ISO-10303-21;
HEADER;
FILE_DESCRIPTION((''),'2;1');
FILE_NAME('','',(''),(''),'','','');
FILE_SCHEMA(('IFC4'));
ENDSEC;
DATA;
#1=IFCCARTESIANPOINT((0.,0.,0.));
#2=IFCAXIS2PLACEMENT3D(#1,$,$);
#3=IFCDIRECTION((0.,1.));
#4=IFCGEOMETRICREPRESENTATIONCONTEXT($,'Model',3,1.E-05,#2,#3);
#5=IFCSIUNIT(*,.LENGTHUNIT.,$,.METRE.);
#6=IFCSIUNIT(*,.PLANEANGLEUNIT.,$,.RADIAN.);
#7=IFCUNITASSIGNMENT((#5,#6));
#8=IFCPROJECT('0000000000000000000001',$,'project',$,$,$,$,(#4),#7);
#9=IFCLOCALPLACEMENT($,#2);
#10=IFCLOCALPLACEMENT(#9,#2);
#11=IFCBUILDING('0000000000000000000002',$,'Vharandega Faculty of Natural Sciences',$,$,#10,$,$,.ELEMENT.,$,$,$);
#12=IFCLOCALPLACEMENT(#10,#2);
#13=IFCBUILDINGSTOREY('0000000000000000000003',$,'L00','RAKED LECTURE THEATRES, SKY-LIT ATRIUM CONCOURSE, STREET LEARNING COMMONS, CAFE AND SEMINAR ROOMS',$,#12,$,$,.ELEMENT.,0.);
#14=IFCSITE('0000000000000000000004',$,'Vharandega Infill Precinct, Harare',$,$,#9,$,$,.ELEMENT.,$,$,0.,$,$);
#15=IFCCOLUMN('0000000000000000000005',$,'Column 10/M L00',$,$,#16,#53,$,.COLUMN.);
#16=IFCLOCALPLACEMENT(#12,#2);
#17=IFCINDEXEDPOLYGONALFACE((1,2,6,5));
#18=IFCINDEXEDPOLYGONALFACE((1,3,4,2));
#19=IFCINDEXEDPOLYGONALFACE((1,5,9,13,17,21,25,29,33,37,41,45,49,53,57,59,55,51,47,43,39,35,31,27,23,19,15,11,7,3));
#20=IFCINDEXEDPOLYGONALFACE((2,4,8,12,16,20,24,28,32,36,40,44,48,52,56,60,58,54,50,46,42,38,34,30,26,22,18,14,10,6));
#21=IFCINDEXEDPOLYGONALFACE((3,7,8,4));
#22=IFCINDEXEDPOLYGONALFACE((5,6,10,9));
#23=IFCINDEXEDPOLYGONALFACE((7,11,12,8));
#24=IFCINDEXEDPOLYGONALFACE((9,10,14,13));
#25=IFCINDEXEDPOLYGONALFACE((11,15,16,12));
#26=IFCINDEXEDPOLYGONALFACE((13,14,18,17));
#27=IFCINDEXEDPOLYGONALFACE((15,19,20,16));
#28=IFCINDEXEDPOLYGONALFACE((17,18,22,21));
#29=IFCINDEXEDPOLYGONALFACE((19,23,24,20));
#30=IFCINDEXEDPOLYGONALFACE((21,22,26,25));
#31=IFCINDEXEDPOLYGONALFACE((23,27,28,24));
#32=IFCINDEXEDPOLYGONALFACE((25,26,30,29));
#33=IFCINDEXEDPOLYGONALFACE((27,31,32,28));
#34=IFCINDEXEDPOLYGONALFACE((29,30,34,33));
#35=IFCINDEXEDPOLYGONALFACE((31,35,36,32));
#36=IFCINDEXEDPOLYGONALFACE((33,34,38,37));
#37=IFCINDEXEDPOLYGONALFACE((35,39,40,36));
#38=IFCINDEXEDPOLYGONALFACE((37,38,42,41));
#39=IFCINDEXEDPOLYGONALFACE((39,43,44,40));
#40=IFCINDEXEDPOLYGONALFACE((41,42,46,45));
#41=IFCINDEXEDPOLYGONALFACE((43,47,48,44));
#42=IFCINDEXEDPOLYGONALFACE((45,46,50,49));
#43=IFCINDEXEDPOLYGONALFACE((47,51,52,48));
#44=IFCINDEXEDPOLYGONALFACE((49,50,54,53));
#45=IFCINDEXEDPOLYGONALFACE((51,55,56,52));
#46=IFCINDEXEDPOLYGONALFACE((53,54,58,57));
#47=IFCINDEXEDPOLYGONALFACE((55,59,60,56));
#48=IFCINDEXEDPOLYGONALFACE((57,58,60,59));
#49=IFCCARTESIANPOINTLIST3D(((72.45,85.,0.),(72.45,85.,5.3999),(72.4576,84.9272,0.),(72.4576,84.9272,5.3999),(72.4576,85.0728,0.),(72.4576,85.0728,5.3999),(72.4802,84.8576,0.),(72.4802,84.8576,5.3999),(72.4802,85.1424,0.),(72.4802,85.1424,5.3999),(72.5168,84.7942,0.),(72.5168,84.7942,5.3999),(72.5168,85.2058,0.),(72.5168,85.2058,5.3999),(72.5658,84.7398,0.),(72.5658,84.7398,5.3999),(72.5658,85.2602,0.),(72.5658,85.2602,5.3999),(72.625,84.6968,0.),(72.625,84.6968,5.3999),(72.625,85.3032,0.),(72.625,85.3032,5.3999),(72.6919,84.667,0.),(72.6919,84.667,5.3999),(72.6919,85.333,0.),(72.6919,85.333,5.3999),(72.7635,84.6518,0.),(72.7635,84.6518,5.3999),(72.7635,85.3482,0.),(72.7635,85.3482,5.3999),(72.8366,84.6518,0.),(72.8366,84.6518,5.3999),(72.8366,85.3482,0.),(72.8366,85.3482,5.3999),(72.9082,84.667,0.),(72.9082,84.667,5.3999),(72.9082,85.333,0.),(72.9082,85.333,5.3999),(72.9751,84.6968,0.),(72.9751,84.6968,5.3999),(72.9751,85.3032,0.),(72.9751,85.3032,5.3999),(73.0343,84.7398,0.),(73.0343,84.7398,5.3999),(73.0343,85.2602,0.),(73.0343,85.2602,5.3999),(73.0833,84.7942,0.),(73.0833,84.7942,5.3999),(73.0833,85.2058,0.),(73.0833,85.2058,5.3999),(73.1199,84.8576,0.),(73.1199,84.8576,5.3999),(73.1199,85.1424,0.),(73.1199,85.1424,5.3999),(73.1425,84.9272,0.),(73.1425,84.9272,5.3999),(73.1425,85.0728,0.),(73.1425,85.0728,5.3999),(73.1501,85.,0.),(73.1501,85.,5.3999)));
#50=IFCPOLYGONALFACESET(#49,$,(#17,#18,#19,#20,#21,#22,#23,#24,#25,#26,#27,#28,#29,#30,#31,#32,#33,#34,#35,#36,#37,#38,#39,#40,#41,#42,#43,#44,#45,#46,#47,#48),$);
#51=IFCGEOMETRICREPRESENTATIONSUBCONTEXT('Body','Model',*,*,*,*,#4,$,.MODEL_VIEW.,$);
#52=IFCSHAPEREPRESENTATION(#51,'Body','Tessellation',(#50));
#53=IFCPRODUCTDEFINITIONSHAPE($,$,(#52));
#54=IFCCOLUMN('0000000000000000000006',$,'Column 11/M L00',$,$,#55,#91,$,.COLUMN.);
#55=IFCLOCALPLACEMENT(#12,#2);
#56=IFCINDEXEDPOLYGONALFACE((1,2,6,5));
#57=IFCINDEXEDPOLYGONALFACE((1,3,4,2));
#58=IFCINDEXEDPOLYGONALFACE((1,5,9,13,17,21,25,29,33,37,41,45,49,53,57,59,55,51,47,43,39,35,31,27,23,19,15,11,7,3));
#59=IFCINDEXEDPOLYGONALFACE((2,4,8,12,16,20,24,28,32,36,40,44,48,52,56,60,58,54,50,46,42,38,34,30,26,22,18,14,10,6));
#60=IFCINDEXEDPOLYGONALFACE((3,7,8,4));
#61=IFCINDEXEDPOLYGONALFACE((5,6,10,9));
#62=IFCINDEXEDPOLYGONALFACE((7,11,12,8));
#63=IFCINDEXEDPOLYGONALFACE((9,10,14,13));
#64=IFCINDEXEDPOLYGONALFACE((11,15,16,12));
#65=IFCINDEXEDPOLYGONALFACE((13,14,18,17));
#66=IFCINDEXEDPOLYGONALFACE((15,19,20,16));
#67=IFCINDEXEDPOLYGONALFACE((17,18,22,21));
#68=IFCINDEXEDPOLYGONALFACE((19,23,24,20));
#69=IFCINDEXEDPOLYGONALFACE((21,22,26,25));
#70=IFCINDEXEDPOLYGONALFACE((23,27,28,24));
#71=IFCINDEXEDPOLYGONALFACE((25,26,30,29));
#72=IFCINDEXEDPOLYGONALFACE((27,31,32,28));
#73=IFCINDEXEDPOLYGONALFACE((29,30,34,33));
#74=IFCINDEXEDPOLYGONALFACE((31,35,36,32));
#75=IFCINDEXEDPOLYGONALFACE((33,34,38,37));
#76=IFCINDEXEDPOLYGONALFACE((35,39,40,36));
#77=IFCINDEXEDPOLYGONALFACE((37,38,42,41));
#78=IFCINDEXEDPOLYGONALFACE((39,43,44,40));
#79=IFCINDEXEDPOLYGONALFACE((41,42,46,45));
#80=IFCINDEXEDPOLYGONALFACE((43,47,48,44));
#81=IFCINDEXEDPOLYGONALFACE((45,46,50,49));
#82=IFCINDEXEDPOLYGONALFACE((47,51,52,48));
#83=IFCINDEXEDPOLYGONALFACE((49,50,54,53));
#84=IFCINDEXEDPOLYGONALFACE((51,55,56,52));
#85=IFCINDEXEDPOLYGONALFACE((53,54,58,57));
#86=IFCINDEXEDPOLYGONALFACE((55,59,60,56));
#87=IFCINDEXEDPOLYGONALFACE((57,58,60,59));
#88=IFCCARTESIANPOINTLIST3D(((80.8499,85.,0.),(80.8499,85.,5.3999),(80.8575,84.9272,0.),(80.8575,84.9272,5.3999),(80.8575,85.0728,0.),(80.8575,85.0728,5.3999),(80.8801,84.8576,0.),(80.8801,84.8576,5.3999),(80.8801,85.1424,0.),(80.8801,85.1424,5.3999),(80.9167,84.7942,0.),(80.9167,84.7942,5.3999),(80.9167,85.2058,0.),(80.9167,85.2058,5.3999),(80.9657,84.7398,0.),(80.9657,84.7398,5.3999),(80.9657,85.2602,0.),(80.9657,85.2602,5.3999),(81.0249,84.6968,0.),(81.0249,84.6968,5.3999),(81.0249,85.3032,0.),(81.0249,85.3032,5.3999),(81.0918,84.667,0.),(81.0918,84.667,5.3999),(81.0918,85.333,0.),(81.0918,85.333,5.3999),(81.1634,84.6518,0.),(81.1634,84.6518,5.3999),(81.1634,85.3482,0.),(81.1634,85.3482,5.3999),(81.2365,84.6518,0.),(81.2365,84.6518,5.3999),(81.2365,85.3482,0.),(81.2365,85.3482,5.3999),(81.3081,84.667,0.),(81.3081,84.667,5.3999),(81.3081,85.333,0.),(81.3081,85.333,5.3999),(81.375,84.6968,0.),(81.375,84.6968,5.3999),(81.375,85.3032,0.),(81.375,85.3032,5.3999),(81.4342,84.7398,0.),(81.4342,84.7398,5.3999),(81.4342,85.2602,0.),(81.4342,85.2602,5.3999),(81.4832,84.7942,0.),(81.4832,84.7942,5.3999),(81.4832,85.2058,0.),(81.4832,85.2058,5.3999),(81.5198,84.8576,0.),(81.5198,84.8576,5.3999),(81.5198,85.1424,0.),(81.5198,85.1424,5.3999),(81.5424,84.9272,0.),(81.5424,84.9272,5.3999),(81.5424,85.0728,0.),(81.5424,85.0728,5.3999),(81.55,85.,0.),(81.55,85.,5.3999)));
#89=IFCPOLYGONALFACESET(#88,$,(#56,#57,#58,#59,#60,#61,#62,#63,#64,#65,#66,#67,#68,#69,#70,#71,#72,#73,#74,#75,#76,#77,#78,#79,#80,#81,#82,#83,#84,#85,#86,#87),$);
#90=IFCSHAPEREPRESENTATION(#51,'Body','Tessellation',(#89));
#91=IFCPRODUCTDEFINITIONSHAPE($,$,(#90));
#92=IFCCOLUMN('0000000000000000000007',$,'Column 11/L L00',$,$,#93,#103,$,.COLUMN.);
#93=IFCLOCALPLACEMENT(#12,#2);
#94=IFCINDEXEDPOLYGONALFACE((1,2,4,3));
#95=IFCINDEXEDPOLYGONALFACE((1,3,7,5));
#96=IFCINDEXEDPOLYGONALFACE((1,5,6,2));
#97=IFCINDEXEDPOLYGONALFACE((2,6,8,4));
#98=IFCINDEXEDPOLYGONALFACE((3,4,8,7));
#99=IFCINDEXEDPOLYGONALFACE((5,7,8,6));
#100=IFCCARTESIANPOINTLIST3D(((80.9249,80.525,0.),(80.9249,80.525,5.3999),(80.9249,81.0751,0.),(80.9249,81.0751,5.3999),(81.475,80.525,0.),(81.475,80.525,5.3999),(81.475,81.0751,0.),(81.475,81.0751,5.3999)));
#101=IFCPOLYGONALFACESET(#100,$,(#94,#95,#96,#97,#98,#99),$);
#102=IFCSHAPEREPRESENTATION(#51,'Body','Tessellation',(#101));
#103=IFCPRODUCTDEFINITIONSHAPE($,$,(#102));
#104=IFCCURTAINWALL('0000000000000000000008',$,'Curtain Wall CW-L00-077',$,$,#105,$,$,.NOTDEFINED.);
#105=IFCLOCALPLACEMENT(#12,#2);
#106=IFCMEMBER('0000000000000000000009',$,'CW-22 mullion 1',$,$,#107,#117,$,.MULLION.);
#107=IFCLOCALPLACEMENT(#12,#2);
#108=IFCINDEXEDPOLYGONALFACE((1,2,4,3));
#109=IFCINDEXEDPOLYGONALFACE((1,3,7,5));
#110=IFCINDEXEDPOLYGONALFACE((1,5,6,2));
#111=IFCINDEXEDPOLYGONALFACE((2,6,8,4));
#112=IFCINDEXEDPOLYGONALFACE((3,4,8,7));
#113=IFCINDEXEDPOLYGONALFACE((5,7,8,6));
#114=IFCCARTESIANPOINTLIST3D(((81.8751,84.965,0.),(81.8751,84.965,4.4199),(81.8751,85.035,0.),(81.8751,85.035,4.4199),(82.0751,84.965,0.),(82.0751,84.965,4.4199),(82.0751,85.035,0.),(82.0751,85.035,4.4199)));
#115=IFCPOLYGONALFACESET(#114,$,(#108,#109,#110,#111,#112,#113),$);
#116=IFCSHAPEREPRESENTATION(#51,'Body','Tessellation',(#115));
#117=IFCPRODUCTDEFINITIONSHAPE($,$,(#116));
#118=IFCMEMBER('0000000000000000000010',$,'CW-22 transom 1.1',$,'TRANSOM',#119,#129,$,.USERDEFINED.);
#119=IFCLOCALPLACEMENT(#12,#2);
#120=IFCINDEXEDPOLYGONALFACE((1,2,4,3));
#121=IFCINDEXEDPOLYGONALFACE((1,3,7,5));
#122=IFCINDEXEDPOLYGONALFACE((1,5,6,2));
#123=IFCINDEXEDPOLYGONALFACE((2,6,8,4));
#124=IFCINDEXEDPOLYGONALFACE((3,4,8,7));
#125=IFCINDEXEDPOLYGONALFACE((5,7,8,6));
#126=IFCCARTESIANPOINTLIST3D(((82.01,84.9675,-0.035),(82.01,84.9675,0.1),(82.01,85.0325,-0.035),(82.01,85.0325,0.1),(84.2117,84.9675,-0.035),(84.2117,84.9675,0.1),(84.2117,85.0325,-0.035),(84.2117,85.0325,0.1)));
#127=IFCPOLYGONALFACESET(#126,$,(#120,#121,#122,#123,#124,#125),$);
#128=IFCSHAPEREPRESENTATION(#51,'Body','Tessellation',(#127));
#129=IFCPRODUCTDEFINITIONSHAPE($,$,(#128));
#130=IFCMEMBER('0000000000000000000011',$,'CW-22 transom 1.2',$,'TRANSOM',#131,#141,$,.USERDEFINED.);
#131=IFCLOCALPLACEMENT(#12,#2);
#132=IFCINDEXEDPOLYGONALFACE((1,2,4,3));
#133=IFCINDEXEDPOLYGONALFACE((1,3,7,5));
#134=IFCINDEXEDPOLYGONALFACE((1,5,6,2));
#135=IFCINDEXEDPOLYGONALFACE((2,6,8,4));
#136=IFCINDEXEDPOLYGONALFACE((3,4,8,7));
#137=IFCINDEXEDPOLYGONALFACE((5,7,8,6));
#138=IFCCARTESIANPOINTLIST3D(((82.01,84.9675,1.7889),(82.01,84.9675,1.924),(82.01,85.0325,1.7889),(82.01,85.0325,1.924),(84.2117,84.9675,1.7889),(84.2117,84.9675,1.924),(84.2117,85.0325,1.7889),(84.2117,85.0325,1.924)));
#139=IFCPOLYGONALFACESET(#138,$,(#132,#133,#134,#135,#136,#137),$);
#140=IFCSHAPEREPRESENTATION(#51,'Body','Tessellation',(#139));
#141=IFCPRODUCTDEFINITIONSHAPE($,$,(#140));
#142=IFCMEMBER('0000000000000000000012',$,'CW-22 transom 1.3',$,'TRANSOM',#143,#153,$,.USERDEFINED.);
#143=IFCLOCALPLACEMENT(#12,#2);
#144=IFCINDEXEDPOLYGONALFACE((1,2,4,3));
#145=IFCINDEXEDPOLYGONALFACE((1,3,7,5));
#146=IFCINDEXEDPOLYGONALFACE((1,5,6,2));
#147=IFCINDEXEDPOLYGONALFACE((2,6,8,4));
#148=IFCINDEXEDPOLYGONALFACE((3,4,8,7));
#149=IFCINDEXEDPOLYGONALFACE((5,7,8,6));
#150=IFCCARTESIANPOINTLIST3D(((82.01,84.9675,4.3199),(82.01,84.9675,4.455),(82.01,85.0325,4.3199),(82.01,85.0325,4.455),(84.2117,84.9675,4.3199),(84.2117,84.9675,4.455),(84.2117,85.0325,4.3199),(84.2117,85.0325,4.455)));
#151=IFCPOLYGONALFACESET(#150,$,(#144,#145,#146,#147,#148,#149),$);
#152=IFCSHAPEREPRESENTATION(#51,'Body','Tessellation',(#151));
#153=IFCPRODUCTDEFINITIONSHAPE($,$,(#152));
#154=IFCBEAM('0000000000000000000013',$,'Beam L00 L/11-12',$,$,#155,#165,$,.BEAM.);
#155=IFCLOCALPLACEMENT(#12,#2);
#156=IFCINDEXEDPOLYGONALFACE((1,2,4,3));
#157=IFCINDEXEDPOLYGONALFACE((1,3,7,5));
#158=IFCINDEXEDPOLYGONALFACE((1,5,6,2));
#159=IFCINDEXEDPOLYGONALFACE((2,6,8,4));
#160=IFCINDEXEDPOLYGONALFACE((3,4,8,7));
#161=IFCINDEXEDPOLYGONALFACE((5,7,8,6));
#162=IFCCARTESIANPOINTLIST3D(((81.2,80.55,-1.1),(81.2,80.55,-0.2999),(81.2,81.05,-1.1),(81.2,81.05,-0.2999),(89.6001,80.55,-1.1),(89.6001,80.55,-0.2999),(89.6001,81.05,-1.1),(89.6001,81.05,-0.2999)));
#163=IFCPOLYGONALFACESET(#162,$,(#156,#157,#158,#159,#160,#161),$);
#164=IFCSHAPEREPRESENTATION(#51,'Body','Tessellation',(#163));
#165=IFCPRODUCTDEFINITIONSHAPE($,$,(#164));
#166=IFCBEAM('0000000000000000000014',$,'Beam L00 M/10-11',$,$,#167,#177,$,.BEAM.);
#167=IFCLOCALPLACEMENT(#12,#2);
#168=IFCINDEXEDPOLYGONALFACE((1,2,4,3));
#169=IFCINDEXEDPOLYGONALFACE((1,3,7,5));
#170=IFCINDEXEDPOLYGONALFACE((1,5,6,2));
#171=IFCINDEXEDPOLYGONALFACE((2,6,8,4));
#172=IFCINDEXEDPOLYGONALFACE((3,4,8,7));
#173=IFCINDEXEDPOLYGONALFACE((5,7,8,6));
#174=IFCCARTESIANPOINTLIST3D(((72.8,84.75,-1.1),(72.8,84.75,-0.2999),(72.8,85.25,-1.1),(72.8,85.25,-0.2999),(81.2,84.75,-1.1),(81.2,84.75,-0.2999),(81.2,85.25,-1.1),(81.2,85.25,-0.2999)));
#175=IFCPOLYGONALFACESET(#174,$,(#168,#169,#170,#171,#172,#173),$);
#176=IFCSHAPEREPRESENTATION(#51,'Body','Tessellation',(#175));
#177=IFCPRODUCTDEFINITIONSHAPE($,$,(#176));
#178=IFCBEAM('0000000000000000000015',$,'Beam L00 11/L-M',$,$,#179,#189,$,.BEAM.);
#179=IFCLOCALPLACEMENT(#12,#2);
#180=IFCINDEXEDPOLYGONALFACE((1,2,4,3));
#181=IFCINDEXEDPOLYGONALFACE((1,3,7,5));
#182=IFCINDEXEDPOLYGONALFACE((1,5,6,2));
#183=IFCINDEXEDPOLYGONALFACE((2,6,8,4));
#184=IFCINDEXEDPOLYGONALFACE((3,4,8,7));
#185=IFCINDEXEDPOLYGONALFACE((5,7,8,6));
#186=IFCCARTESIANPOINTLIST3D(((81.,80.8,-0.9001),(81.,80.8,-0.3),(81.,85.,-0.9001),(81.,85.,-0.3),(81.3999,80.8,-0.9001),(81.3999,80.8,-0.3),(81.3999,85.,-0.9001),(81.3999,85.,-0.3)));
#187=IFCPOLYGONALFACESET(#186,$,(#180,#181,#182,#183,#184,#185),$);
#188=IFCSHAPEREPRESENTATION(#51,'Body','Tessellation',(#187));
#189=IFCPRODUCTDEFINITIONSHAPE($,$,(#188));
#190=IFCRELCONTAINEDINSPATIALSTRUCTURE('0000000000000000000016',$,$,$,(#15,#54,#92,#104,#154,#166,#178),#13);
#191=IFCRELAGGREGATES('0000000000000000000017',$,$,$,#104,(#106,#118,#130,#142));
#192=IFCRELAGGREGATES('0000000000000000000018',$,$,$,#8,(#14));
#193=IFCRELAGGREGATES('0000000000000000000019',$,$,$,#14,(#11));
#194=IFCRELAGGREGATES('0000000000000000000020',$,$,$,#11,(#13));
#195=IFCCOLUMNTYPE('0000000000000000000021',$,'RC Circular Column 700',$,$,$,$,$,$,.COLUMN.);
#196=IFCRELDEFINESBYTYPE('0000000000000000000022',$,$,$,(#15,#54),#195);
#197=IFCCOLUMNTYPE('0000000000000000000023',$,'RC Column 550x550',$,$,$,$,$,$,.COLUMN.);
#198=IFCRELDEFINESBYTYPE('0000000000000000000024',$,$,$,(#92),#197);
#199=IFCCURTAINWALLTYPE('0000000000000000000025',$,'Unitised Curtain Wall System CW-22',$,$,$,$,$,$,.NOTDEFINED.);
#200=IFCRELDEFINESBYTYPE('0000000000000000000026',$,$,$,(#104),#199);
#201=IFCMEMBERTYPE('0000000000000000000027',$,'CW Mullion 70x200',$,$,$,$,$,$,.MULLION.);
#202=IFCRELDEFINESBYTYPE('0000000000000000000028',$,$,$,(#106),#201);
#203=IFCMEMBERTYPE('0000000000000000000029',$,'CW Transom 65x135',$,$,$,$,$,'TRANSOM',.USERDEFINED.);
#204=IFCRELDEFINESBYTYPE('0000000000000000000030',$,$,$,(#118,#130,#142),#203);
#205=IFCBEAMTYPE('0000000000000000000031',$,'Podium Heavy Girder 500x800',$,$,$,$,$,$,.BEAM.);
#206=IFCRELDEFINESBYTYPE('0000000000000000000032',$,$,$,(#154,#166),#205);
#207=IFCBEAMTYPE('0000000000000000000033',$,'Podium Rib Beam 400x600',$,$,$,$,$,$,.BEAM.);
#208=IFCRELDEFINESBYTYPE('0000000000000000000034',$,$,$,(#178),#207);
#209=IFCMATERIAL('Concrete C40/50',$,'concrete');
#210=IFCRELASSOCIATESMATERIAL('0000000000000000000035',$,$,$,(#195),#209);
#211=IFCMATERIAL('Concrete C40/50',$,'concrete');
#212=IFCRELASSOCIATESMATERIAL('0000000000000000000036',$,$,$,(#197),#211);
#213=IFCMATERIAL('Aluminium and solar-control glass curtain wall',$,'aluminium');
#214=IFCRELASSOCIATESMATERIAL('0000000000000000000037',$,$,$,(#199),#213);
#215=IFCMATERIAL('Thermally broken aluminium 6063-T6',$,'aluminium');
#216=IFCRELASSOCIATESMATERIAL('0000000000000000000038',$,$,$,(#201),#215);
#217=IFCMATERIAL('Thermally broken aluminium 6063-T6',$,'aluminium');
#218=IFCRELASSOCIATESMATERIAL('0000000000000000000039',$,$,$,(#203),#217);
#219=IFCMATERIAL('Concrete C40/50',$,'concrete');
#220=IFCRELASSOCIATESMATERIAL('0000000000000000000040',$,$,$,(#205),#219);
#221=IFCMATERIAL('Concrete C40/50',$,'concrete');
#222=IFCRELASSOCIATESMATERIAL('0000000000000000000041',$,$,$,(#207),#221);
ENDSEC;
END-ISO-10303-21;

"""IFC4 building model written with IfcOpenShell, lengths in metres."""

from ifc_helpers import new_model, si_unit, direction, frame, origin, origin_2d, place, context, subcontext, project, spatial, rectangle, circle, extrude, material, material_profile, profile_set, type_object, element, aggregate, save


model = new_model("IFC4")

# Units and contexts
model_context = context("Model", 3, precision=1e-05, world=origin(), true_north=direction((0.0, 1.0)))
body_context = subcontext(model_context, "Body", "Model", "MODEL_VIEW")
ifc_project = project(units=[si_unit("LENGTHUNIT", "METRE"), si_unit("PLANEANGLEUNIT", "RADIAN")], contexts=[model_context])

# Site, building, storey
site_placement = place(None, origin())
site = spatial("IfcSite", under=ifc_project, at=site_placement, Name="Vharandega Infill Precinct, Harare", CompositionType="ELEMENT", RefElevation=0.0)
building_placement = place(site_placement, origin())
building = spatial("IfcBuilding", under=site, at=building_placement, Name="Vharandega Faculty of Natural Sciences", CompositionType="ELEMENT")
storey_placement = place(building_placement, origin())
storey = spatial("IfcBuildingStorey", under=building, at=storey_placement, Name="L00", Description="RAKED LECTURE THEATRES, SKY-LIT ATRIUM CONCOURSE, STREET LEARNING COMMONS, CAFE AND SEMINAR ROOMS", CompositionType="ELEMENT", Elevation=0.0)

# Columns
ifc_material_1 = material(Name="Concrete C40/50", Category="concrete")
ifc_material_profile_1 = material_profile(ifc_material_1, circle(Radius=0.3501, at=origin_2d()), Name="RC-CIRC 700")
ifc_profile_set_1 = profile_set([ifc_material_profile_1], Name="Concrete C40/50")
column_type_1 = type_object("IfcColumnType", Name="RC Circular Column 700", PredefinedType="COLUMN", material=ifc_profile_set_1)
for number, where, z_axis, x_axis, name in (
    (1, (72.8, 85.0, 0.0), (0.0, 0.0, 1.0), (1.0, 0.0, 0.0), "Column 10/M L00"),
    (2, (81.2, 85.0, 0.0), (0.0, 0.0, 1.0), (1.0, 0.0, 0.0), "Column 11/M L00"),
):
    element("IfcColumn", number, at=place(storey_placement, frame(where, z_axis=z_axis, x_axis=x_axis)), inside=storey, type_object=column_type_1, Name=name, PredefinedType="COLUMN", context=body_context, shape_type="SweptSolid", body=[
        extrude(circle(Radius=0.3501, at=origin_2d()), origin(), (0.0, 0.0, 1.0), 5.3999),
    ])
ifc_material_2 = material(Name="Concrete C40/50", Category="concrete")
ifc_material_profile_2 = material_profile(ifc_material_2, rectangle(XDim=0.55, YDim=0.55, at=origin_2d()), Name="RC 550x550")
ifc_profile_set_2 = profile_set([ifc_material_profile_2], Name="Concrete C40/50")
column_type_2 = type_object("IfcColumnType", Name="RC Column 550x550", PredefinedType="COLUMN", material=ifc_profile_set_2)
column_placement = place(storey_placement, frame((81.2, 80.8, 0.0), z_axis=(0.0, 0.0, 1.0), x_axis=(1.0, 0.0, 0.0)))
element("IfcColumn", 3, at=column_placement, inside=storey, type_object=column_type_2, Name="Column 11/L L00", PredefinedType="COLUMN", context=body_context, shape_type="SweptSolid", body=[
    extrude(rectangle(XDim=0.55, YDim=0.55, at=origin_2d()), origin(), (0.0, 0.0, 1.0), 5.3999),
])

# Curtain wall, members
ifc_material_3 = material(Name="Aluminium and solar-control glass curtain wall", Category="aluminium")
curtain_wall_type = type_object("IfcCurtainWallType", Name="Unitised Curtain Wall System CW-22", PredefinedType="NOTDEFINED", material=ifc_material_3)
curtain_wall_placement = place(storey_placement, origin())
curtain_wall = element("IfcCurtainWall", 4, at=curtain_wall_placement, inside=storey, type_object=curtain_wall_type, Name="Curtain Wall CW-L00-077", PredefinedType="NOTDEFINED")
ifc_material_4 = material(Name="Thermally broken aluminium 6063-T6", Category="aluminium")
ifc_material_profile_3 = material_profile(ifc_material_4, rectangle(XDim=0.0701, YDim=0.2, at=origin_2d()), Name="ALU 70x200")
ifc_profile_set_3 = profile_set([ifc_material_profile_3], Name="Thermally broken aluminium 6063-T6")
member_type_1 = type_object("IfcMemberType", Name="CW Mullion 70x200", PredefinedType="MULLION", material=ifc_profile_set_3)
member_1_placement = place(storey_placement, frame((81.9751, 85.0, 0.0), z_axis=(0.0, 0.0, 1.0), x_axis=(0.0, 1.0, 0.0)))
member_1 = element("IfcMember", 5, at=member_1_placement, type_object=member_type_1, Name="CW-22 mullion 1", PredefinedType="MULLION", context=body_context, shape_type="SweptSolid", body=[
    extrude(rectangle(XDim=0.0701, YDim=0.2, at=origin_2d()), origin(), (0.0, 0.0, 1.0), 4.4199),
])
ifc_material_5 = material(Name="Thermally broken aluminium 6063-T6", Category="aluminium")
ifc_material_profile_4 = material_profile(ifc_material_5, rectangle(XDim=0.0649, YDim=0.135, at=origin_2d()), Name="ALU 65x135")
ifc_profile_set_4 = profile_set([ifc_material_profile_4], Name="Thermally broken aluminium 6063-T6")
member_type_2 = type_object("IfcMemberType", Name="CW Transom 65x135", ElementType="TRANSOM", PredefinedType="USERDEFINED", material=ifc_profile_set_4)
member_2_placement = place(storey_placement, frame((82.01, 85.0, 0.0325), z_axis=(1.0, 0.0, 0.0), x_axis=(0.0, 1.0, 0.0)))
member_2 = element("IfcMember", 6, at=member_2_placement, type_object=member_type_2, Name="CW-22 transom 1.1", ObjectType="TRANSOM", PredefinedType="USERDEFINED", context=body_context, shape_type="SweptSolid", body=[
    extrude(rectangle(XDim=0.0649, YDim=0.135, at=origin_2d()), origin(), (0.0, 0.0, 1.0), 2.2017),
])
member_3_placement = place(storey_placement, frame((82.01, 85.0, 1.8564), z_axis=(1.0, 0.0, 0.0), x_axis=(0.0, 1.0, 0.0)))
member_3 = element("IfcMember", 7, at=member_3_placement, type_object=member_type_2, Name="CW-22 transom 1.2", ObjectType="TRANSOM", PredefinedType="USERDEFINED", context=body_context, shape_type="SweptSolid", body=[
    extrude(rectangle(XDim=0.0649, YDim=0.135, at=origin_2d()), origin(), (0.0, 0.0, 1.0), 2.2017),
])
member_4_placement = place(storey_placement, frame((82.01, 85.0, 4.3875), z_axis=(1.0, 0.0, 0.0), x_axis=(0.0, 1.0, 0.0)))
member_4 = element("IfcMember", 8, at=member_4_placement, type_object=member_type_2, Name="CW-22 transom 1.3", ObjectType="TRANSOM", PredefinedType="USERDEFINED", context=body_context, shape_type="SweptSolid", body=[
    extrude(rectangle(XDim=0.0649, YDim=0.135, at=origin_2d()), origin(), (0.0, 0.0, 1.0), 2.2017),
])

# Beams
ifc_material_6 = material(Name="Concrete C40/50", Category="concrete")
ifc_material_profile_5 = material_profile(ifc_material_6, rectangle(XDim=0.5, YDim=0.8, at=origin_2d()), Name="RC 500x800")
ifc_profile_set_5 = profile_set([ifc_material_profile_5], Name="Concrete C40/50")
beam_type_1 = type_object("IfcBeamType", Name="Podium Heavy Girder 500x800", PredefinedType="BEAM", material=ifc_profile_set_5)
beam_1_placement = place(storey_placement, frame((81.2, 80.8, -0.7), z_axis=(1.0, 0.0, 0.0), x_axis=(0.0, 1.0, 0.0)))
element("IfcBeam", 9, at=beam_1_placement, inside=storey, type_object=beam_type_1, Name="Beam L00 L/11-12", PredefinedType="BEAM", context=body_context, shape_type="SweptSolid", body=[
    extrude(rectangle(XDim=0.5, YDim=0.8, at=origin_2d()), origin(), (0.0, 0.0, 1.0), 8.4001),
])
beam_2_placement = place(storey_placement, frame((72.8, 85.0, -0.7), z_axis=(1.0, 0.0, 0.0), x_axis=(0.0, 1.0, 0.0)))
element("IfcBeam", 10, at=beam_2_placement, inside=storey, type_object=beam_type_1, Name="Beam L00 M/10-11", PredefinedType="BEAM", context=body_context, shape_type="SweptSolid", body=[
    extrude(rectangle(XDim=0.5, YDim=0.8, at=origin_2d()), origin(), (0.0, 0.0, 1.0), 8.3999),
])
ifc_material_7 = material(Name="Concrete C40/50", Category="concrete")
ifc_material_profile_6 = material_profile(ifc_material_7, rectangle(XDim=0.3999, YDim=0.6001, at=origin_2d()), Name="RC 400x600")
ifc_profile_set_6 = profile_set([ifc_material_profile_6], Name="Concrete C40/50")
beam_type_2 = type_object("IfcBeamType", Name="Podium Rib Beam 400x600", PredefinedType="BEAM", material=ifc_profile_set_6)
beam_3_placement = place(storey_placement, frame((81.2, 80.8, -0.6001), z_axis=(0.0, 1.0, 0.0), x_axis=(-1.0, 0.0, 0.0)))
element("IfcBeam", 11, at=beam_3_placement, inside=storey, type_object=beam_type_2, Name="Beam L00 11/L-M", PredefinedType="BEAM", context=body_context, shape_type="SweptSolid", body=[
    extrude(rectangle(XDim=0.3999, YDim=0.6001, at=origin_2d()), origin(), (0.0, 0.0, 1.0), 4.2),
])

aggregate(curtain_wall, [member_1, member_2, member_3, member_4])

save(model, "model.ifc")
